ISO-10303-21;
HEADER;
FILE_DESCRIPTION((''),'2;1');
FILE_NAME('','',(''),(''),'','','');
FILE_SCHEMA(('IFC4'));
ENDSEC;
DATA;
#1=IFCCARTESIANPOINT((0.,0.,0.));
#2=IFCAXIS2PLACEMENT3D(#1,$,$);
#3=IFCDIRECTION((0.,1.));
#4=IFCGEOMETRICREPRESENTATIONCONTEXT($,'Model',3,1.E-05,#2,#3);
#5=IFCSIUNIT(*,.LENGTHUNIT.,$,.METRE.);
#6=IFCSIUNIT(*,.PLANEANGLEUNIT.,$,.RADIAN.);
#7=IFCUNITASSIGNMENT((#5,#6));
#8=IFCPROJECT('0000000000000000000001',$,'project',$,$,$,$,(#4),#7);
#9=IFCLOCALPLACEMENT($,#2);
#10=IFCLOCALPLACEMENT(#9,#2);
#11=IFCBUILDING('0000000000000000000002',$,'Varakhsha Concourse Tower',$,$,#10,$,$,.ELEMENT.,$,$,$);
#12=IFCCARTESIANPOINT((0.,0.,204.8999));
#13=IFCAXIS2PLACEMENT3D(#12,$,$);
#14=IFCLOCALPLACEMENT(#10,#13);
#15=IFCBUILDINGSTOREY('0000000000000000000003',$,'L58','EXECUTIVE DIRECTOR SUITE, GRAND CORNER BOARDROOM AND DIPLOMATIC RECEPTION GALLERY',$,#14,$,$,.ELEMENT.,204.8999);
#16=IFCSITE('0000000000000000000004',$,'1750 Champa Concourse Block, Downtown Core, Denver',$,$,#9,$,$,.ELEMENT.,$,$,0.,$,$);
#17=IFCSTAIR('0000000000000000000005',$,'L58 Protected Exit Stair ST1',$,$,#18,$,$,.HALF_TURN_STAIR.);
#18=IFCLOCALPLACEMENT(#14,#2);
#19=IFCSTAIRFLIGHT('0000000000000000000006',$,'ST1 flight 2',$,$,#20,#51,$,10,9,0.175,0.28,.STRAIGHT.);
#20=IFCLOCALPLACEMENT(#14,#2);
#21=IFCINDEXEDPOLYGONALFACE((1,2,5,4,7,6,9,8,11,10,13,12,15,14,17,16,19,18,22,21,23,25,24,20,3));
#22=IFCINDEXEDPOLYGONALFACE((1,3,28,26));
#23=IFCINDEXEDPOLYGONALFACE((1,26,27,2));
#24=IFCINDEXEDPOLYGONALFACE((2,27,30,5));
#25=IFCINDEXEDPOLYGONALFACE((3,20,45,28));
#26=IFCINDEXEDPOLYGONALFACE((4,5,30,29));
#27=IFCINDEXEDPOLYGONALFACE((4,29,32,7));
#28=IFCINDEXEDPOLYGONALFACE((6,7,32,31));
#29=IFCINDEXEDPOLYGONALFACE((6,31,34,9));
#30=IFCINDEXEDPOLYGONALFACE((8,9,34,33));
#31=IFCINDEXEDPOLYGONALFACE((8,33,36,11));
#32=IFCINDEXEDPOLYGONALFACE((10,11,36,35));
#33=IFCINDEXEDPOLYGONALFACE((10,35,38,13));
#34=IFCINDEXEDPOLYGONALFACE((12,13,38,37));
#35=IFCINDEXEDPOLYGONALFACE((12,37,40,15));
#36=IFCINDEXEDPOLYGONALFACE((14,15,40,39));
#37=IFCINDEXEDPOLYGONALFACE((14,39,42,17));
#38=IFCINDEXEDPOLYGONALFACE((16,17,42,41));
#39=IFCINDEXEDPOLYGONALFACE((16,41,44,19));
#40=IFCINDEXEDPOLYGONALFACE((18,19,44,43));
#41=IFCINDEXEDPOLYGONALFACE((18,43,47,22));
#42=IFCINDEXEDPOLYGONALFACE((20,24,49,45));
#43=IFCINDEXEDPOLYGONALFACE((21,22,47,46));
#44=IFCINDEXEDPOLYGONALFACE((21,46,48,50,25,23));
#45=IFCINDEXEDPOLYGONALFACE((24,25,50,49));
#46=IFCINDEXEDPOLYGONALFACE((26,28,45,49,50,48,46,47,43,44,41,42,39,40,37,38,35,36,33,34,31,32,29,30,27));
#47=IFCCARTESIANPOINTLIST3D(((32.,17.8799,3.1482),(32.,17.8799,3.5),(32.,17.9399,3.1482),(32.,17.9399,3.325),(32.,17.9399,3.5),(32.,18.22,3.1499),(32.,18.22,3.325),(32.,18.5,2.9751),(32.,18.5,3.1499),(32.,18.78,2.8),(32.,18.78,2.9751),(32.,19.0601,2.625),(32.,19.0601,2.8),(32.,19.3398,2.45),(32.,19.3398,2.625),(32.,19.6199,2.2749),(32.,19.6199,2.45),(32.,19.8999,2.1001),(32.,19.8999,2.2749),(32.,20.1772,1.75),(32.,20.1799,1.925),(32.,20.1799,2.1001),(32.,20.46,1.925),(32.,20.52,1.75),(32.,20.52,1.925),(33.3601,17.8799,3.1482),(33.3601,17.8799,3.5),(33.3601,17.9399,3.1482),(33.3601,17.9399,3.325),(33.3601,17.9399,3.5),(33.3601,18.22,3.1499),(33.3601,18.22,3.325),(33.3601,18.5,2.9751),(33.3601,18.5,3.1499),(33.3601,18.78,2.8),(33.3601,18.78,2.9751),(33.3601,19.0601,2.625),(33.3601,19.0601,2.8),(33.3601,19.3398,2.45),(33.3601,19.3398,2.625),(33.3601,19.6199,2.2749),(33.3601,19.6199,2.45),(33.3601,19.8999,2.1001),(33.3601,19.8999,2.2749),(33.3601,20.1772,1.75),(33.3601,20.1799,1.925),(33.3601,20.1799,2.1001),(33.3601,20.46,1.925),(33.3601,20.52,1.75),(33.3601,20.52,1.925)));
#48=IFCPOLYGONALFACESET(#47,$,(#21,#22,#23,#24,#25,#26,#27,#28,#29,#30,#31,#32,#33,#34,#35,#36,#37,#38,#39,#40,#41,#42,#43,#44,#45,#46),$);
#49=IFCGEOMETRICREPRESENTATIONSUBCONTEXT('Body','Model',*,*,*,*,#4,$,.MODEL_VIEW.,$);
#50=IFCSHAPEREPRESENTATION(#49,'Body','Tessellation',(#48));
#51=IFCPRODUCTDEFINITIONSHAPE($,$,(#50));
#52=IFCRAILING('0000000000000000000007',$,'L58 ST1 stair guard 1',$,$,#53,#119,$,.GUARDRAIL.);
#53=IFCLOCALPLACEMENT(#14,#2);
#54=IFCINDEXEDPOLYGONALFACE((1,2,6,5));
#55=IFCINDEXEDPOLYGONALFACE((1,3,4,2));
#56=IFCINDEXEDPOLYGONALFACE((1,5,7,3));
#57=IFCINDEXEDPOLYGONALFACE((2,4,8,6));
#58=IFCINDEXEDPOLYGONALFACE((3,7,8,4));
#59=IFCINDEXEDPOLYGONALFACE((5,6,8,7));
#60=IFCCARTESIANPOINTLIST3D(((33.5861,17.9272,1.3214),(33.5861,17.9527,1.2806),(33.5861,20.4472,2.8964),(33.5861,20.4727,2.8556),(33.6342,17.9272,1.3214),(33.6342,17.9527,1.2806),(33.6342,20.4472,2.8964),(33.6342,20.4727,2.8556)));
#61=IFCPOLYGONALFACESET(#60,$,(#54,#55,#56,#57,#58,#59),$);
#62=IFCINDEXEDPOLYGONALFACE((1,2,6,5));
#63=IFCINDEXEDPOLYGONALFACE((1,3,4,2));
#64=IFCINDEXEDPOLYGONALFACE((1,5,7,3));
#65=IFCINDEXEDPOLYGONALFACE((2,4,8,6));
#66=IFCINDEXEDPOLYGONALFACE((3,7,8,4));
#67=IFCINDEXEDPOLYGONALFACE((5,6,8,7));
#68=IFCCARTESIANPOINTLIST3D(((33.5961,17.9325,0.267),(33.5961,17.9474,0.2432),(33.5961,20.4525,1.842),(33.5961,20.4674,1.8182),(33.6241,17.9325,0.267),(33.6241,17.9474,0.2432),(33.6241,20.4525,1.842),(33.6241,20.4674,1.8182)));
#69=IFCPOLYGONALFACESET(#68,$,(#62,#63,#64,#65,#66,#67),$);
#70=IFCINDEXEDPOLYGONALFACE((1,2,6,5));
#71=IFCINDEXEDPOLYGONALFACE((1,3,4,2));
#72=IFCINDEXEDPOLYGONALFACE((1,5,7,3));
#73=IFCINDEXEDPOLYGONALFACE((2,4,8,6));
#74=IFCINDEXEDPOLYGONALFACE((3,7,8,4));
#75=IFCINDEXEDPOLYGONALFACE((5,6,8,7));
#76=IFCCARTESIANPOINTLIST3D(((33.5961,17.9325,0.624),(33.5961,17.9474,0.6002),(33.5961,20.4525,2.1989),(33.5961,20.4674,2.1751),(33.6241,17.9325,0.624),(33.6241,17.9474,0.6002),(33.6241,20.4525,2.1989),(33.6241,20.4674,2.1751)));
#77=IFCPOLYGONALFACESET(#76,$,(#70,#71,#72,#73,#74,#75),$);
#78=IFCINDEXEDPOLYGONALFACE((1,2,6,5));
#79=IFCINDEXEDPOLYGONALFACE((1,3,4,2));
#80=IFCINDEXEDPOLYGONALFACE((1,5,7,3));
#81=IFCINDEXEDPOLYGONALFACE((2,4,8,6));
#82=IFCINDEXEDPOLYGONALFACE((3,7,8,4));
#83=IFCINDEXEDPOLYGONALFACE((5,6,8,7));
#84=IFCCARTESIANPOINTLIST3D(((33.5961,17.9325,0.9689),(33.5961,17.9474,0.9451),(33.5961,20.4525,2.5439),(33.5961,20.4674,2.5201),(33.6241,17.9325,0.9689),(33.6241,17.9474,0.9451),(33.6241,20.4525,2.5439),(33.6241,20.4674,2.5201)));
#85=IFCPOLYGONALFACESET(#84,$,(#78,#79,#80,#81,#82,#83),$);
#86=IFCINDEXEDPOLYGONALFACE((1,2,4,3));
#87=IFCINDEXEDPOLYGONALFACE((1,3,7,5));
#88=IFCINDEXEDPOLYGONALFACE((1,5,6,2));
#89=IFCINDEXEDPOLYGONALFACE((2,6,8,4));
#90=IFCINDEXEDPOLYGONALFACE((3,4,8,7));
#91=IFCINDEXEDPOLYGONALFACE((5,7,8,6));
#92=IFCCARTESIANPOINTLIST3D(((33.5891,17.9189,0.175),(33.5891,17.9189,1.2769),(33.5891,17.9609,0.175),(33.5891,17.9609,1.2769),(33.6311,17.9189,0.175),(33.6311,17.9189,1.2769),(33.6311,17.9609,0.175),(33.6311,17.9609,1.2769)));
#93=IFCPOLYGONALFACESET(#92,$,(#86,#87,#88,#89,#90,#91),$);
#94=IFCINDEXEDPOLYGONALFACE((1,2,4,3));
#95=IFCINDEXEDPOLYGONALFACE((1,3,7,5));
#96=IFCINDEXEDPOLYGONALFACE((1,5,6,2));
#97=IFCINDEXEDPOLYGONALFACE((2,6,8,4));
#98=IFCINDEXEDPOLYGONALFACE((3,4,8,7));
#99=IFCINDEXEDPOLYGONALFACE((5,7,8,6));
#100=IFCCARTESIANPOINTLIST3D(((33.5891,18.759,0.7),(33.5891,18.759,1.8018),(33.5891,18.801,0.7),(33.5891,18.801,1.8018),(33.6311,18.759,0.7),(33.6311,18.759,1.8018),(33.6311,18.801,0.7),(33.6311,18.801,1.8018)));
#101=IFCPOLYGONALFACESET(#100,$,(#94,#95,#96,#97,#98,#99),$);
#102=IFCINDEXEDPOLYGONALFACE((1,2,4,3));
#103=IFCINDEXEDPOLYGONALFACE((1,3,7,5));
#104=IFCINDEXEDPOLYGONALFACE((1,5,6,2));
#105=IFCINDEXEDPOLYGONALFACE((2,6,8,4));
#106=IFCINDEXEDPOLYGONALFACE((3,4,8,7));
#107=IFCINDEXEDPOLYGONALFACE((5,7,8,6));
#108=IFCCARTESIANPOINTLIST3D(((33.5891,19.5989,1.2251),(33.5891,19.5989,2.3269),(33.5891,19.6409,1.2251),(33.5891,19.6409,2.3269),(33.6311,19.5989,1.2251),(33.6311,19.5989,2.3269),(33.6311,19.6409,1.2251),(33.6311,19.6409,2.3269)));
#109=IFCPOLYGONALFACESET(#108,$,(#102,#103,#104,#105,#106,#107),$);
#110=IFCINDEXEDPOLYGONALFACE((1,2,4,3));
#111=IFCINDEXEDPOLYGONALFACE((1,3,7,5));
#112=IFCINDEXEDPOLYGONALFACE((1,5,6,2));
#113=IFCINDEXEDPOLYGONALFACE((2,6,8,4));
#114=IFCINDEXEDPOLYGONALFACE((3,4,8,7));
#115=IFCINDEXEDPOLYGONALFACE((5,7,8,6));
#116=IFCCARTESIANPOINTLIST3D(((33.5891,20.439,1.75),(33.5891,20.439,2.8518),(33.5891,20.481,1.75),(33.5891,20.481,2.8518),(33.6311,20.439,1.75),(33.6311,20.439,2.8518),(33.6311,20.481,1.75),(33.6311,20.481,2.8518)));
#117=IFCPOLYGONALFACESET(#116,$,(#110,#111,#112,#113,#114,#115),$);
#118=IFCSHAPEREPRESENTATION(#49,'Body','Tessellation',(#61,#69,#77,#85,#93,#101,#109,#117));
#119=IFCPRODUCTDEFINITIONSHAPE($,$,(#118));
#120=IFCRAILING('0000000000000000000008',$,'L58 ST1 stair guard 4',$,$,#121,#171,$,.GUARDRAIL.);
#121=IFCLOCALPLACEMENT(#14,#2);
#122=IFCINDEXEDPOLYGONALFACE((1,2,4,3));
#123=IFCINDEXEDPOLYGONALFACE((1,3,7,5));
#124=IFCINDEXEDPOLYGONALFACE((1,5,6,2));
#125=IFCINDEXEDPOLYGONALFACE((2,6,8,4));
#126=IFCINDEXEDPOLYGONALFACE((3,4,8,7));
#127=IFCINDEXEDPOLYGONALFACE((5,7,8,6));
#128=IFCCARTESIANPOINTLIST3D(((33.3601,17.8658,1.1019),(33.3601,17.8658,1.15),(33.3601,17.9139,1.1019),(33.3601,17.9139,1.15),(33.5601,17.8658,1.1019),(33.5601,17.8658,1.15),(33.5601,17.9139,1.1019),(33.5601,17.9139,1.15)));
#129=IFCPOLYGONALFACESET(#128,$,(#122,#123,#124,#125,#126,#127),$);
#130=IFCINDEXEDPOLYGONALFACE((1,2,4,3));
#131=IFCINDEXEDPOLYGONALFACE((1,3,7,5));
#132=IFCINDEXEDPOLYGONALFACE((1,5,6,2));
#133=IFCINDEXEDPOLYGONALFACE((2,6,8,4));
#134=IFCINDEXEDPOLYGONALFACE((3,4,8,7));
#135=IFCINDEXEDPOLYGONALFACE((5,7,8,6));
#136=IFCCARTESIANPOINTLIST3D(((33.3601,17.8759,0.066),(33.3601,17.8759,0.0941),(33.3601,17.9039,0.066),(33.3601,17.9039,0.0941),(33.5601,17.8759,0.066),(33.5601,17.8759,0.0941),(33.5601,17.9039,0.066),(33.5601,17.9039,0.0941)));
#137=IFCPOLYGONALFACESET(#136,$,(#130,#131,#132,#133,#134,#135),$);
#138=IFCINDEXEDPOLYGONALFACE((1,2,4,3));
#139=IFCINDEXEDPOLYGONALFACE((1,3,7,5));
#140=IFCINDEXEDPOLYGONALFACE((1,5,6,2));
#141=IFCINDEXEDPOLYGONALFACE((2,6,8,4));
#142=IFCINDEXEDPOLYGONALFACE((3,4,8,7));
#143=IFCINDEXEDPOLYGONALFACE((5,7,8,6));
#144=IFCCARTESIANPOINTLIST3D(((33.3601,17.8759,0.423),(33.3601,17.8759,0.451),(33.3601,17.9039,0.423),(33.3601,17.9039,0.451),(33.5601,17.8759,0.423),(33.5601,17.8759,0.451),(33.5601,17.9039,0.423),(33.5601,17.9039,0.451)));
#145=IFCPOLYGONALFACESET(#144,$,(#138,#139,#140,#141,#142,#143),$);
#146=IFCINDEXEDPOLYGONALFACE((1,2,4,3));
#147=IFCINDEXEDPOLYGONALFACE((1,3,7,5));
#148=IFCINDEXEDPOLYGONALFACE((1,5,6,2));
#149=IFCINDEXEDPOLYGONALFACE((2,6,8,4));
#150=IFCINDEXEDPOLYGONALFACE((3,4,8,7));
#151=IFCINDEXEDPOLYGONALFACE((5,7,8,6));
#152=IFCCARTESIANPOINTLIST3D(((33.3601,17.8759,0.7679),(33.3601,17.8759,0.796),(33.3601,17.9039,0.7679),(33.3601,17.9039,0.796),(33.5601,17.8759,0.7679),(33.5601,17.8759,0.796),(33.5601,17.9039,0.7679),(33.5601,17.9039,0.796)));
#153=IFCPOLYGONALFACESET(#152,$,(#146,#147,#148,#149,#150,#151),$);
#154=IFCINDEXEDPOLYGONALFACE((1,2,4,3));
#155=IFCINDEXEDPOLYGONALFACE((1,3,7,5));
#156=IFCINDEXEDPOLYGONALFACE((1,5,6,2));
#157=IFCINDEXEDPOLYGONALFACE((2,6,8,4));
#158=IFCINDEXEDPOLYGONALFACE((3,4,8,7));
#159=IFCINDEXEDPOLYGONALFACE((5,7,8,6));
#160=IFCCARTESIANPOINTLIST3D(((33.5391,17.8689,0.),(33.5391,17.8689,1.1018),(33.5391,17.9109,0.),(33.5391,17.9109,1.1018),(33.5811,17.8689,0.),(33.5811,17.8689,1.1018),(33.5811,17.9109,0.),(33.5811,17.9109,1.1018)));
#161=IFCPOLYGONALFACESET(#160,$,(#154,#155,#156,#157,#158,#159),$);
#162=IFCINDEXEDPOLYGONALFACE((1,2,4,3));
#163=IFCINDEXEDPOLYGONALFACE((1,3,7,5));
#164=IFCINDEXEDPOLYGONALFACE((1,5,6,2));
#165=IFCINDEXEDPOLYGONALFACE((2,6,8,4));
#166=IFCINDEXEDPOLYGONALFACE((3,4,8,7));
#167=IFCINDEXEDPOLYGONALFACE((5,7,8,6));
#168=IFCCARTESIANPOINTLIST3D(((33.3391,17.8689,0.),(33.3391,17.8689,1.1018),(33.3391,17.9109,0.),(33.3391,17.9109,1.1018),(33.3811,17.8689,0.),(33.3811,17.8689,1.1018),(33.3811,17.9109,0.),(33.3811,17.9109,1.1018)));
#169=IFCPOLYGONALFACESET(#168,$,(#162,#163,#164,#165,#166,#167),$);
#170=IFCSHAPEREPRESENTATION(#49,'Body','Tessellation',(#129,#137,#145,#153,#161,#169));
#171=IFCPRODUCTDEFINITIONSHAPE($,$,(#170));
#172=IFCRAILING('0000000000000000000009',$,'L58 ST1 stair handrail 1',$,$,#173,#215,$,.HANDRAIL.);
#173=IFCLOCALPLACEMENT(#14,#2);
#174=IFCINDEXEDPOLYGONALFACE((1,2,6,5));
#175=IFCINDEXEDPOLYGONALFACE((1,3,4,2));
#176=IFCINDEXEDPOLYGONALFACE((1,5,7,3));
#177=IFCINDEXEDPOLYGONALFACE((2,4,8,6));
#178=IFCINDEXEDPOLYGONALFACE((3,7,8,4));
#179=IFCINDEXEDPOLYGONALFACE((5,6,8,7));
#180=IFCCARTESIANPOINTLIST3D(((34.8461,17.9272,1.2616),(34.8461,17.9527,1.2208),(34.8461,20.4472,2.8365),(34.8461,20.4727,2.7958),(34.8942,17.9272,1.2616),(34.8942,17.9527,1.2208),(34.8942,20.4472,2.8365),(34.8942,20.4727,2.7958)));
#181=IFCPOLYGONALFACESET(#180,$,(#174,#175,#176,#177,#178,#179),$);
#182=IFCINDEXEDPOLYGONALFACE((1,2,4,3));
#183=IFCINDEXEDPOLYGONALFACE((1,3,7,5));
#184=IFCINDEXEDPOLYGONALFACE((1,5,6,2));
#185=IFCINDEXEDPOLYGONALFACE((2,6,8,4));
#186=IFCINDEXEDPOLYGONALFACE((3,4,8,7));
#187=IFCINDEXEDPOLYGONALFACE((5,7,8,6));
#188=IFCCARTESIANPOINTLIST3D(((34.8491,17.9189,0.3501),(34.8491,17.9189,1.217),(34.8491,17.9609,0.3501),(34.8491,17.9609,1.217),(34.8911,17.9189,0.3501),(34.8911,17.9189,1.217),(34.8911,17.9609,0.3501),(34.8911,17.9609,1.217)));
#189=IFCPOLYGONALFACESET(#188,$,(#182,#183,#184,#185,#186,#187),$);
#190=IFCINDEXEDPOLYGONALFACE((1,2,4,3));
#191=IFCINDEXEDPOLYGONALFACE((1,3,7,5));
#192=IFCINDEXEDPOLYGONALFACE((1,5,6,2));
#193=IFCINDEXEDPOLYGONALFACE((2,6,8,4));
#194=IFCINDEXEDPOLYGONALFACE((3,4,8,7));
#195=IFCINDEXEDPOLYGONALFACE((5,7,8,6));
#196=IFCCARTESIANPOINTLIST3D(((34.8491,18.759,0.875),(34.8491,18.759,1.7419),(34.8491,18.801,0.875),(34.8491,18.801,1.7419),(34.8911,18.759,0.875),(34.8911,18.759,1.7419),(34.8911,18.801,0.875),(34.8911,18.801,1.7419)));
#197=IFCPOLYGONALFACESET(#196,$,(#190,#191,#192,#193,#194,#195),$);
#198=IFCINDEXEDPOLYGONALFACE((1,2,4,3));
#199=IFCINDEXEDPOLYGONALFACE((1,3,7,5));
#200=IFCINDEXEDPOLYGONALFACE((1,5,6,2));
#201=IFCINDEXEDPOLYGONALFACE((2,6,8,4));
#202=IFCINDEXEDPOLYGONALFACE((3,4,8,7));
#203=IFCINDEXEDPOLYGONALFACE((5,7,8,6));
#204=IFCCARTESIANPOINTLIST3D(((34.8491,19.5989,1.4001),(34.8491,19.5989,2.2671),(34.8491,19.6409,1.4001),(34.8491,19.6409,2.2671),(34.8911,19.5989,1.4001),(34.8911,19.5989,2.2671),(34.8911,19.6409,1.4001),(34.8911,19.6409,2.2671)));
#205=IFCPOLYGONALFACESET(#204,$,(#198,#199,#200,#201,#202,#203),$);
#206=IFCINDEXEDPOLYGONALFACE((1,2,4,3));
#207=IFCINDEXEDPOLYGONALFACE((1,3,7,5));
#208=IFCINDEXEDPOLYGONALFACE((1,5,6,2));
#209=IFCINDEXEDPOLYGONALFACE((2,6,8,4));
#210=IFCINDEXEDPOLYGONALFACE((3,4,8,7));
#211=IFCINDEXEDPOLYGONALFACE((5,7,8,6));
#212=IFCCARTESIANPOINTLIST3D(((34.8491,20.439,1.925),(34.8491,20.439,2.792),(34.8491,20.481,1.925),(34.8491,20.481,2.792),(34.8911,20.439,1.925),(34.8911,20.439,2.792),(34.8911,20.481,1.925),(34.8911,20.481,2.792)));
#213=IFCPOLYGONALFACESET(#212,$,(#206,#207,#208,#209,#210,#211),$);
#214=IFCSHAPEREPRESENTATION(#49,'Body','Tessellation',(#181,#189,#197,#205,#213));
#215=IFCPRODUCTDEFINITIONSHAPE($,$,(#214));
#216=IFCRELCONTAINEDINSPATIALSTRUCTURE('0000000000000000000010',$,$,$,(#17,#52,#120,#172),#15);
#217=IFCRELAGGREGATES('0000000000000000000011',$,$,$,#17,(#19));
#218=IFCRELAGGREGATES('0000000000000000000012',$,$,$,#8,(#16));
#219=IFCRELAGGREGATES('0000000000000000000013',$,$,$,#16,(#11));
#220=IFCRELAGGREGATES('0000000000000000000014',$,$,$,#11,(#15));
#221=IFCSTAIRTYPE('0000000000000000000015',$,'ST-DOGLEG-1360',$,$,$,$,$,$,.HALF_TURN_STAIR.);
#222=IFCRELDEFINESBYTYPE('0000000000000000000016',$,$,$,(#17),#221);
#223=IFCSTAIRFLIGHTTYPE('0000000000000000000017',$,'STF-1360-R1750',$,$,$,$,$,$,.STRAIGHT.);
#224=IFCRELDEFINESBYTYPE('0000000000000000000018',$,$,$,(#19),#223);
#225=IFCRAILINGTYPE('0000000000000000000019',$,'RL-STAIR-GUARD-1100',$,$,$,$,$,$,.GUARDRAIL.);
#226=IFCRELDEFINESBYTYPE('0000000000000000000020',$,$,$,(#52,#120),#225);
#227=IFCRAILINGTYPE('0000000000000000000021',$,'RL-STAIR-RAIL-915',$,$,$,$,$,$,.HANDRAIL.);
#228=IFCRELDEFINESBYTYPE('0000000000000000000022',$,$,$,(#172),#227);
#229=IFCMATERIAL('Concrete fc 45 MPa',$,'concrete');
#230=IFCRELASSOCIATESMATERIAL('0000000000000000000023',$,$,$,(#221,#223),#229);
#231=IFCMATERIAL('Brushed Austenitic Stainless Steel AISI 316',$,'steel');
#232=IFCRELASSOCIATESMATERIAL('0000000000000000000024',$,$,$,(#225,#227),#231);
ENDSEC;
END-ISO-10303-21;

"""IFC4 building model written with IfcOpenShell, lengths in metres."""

from ifc_helpers import new_model, si_unit, direction, frame, origin, origin_2d, place, context, subcontext, project, spatial, polyline, rectangle, outline, extrude, material, type_object, element, aggregate, save


model = new_model("IFC4")

# Units and contexts
model_context = context("Model", 3, precision=1e-05, world=origin(), true_north=direction((0.0, 1.0)))
body_context = subcontext(model_context, "Body", "Model", "MODEL_VIEW")
ifc_project = project(units=[si_unit("LENGTHUNIT", "METRE"), si_unit("PLANEANGLEUNIT", "RADIAN")], contexts=[model_context])

# Site, building, storey
site_placement = place(None, origin())
site = spatial("IfcSite", under=ifc_project, at=site_placement, Name="1750 Champa Concourse Block, Downtown Core, Denver", CompositionType="ELEMENT", RefElevation=0.0)
building_placement = place(site_placement, origin())
building = spatial("IfcBuilding", under=site, at=building_placement, Name="Varakhsha Concourse Tower", CompositionType="ELEMENT")
storey_placement = place(building_placement, frame((0.0, 0.0, 204.8999)))
storey = spatial("IfcBuildingStorey", under=building, at=storey_placement, Name="L58", Description="EXECUTIVE DIRECTOR SUITE, GRAND CORNER BOARDROOM AND DIPLOMATIC RECEPTION GALLERY", CompositionType="ELEMENT", Elevation=204.8999)

# Shared definitions
ifc_material_1 = material(Name="Concrete fc 45 MPa", Category="concrete")

# Stair, stair flight
stair_type = type_object("IfcStairType", Name="ST-DOGLEG-1360", PredefinedType="HALF_TURN_STAIR", material=ifc_material_1)
stair_placement = place(storey_placement, origin())
stair = element("IfcStair", 1, at=stair_placement, inside=storey, type_object=stair_type, Name="L58 Protected Exit Stair ST1", PredefinedType="HALF_TURN_STAIR")
stair_flight_type = type_object("IfcStairFlightType", Name="STF-1360-R1750", PredefinedType="STRAIGHT", material=ifc_material_1)
stair_flight_1_placement = place(storey_placement, frame((32.6799, 20.46, 1.75), z_axis=(0.0, 0.0, 1.0), x_axis=(0.0, -1.0, 0.0)))
stair_flight_1 = element("IfcStairFlight", 2, at=stair_flight_1_placement, type_object=stair_flight_type, Name="ST1 flight 2", NumberOfRisers=10, NumberOfTreads=9, PredefinedType="STRAIGHT", RiserHeight=0.175, TreadLength=0.28, context=body_context, shape_type="SweptSolid", body=[
    extrude(outline(polyline([(-0.0601, 0.0), (-0.0601, 0.175), (0.0, 0.175), (0.28, 0.175), (0.28, 0.3501), (0.5601, 0.3501), (0.5601, 0.5249), (0.8401, 0.5249), (0.8401, 0.7), (1.1201, 0.7), (1.1201, 0.875), (1.3999, 0.875), (1.3999, 1.05), (1.6799, 1.05), (1.6799, 1.2251), (1.96, 1.2251), (1.96, 1.3999), (2.24, 1.3999), (2.24, 1.575), (2.52, 1.575), (2.52, 1.75), (2.5801, 1.75), (2.5801, 1.3982), (2.52, 1.3982), (0.2827, 0.0), (-0.0601, 0.0)])), frame((0.0, 0.6802, 0.0), z_axis=(0.0, -1.0, 0.0), x_axis=(1.0, 0.0, 0.0)), (0.0, 0.0, 1.0), 1.3601),
])
aggregate(stair, [stair_flight_1])

# Railings
ifc_material_2 = material(Name="Brushed Austenitic Stainless Steel AISI 316", Category="steel")
railing_type_1 = type_object("IfcRailingType", Name="RL-STAIR-GUARD-1100", PredefinedType="GUARDRAIL", material=ifc_material_2)
railing_1_placement = place(storey_placement, frame((33.6101, 17.9399, 0.175)))
element("IfcRailing", 3, at=railing_1_placement, inside=storey, type_object=railing_type_1, Name="L58 ST1 stair guard 1", PredefinedType="GUARDRAIL", context=body_context, shape_type="SweptSolid", body=[
    extrude(rectangle(XDim=0.0481, YDim=0.0481, at=origin_2d()), frame((0.0, 0.0, 1.126), z_axis=(0.0, 0.848008, 0.529984), x_axis=(-1.0, 0.0, 0.0)), (0.0, 0.0, 1.0), 2.9717),
    extrude(rectangle(XDim=0.0281, YDim=0.0281, at=origin_2d()), frame((0.0, 0.0, 0.0801), z_axis=(0.0, 0.848008, 0.529984), x_axis=(-1.0, 0.0, 0.0)), (0.0, 0.0, 1.0), 2.9717),
    extrude(rectangle(XDim=0.0281, YDim=0.0281, at=origin_2d()), frame((0.0, 0.0, 0.437), z_axis=(0.0, 0.848008, 0.529984), x_axis=(-1.0, 0.0, 0.0)), (0.0, 0.0, 1.0), 2.9717),
    extrude(rectangle(XDim=0.0281, YDim=0.0281, at=origin_2d()), frame((0.0, 0.0, 0.782), z_axis=(0.0, 0.848008, 0.529984), x_axis=(-1.0, 0.0, 0.0)), (0.0, 0.0, 1.0), 2.9717),
    extrude(rectangle(XDim=0.042, YDim=0.042, at=origin_2d()), origin(), (0.0, 0.0, 1.0), 1.1018),
    extrude(rectangle(XDim=0.042, YDim=0.042, at=origin_2d()), frame((0.0, 0.8401, 0.5249)), (0.0, 0.0, 1.0), 1.1018),
    extrude(rectangle(XDim=0.042, YDim=0.042, at=origin_2d()), frame((0.0, 1.6799, 1.05)), (0.0, 0.0, 1.0), 1.1018),
    extrude(rectangle(XDim=0.042, YDim=0.042, at=origin_2d()), frame((0.0, 2.52, 1.575)), (0.0, 0.0, 1.0), 1.1018),
])
railing_2_placement = place(storey_placement, frame((33.5601, 17.8899, 0.0)))
element("IfcRailing", 4, at=railing_2_placement, inside=storey, type_object=railing_type_1, Name="L58 ST1 stair guard 4", PredefinedType="GUARDRAIL", context=body_context, shape_type="SweptSolid", body=[
    extrude(rectangle(XDim=0.0481, YDim=0.0481, at=origin_2d()), frame((0.0, 0.0, 1.126), z_axis=(-1.0, 0.0, 0.0), x_axis=(0.0, -1.0, 0.0)), (0.0, 0.0, 1.0), 0.2),
    extrude(rectangle(XDim=0.0281, YDim=0.0281, at=origin_2d()), frame((0.0, 0.0, 0.0801), z_axis=(-1.0, 0.0, 0.0), x_axis=(0.0, -1.0, 0.0)), (0.0, 0.0, 1.0), 0.2),
    extrude(rectangle(XDim=0.0281, YDim=0.0281, at=origin_2d()), frame((0.0, 0.0, 0.437), z_axis=(-1.0, 0.0, 0.0), x_axis=(0.0, -1.0, 0.0)), (0.0, 0.0, 1.0), 0.2),
    extrude(rectangle(XDim=0.0281, YDim=0.0281, at=origin_2d()), frame((0.0, 0.0, 0.782), z_axis=(-1.0, 0.0, 0.0), x_axis=(0.0, -1.0, 0.0)), (0.0, 0.0, 1.0), 0.2),
    extrude(rectangle(XDim=0.042, YDim=0.042, at=origin_2d()), origin(), (0.0, 0.0, 1.0), 1.1018),
    extrude(rectangle(XDim=0.042, YDim=0.042, at=origin_2d()), frame((-0.2, 0.0, 0.0)), (0.0, 0.0, 1.0), 1.1018),
])
railing_type_2 = type_object("IfcRailingType", Name="RL-STAIR-RAIL-915", PredefinedType="HANDRAIL", material=ifc_material_2)
railing_3_placement = place(storey_placement, frame((34.8701, 17.9399, 0.3501)))
element("IfcRailing", 5, at=railing_3_placement, inside=storey, type_object=railing_type_2, Name="L58 ST1 stair handrail 1", PredefinedType="HANDRAIL", context=body_context, shape_type="SweptSolid", body=[
    extrude(rectangle(XDim=0.0481, YDim=0.0481, at=origin_2d()), frame((0.0, 0.0, 0.8911), z_axis=(0.0, 0.848008, 0.529984), x_axis=(-1.0, 0.0, 0.0)), (0.0, 0.0, 1.0), 2.9717),
    extrude(rectangle(XDim=0.042, YDim=0.042, at=origin_2d()), origin(), (0.0, 0.0, 1.0), 0.8669),
    extrude(rectangle(XDim=0.042, YDim=0.042, at=origin_2d()), frame((0.0, 0.8401, 0.5249)), (0.0, 0.0, 1.0), 0.8669),
    extrude(rectangle(XDim=0.042, YDim=0.042, at=origin_2d()), frame((0.0, 1.6799, 1.05)), (0.0, 0.0, 1.0), 0.8669),
    extrude(rectangle(XDim=0.042, YDim=0.042, at=origin_2d()), frame((0.0, 2.52, 1.575)), (0.0, 0.0, 1.0), 0.8669),
])

save(model, "model.ifc")
